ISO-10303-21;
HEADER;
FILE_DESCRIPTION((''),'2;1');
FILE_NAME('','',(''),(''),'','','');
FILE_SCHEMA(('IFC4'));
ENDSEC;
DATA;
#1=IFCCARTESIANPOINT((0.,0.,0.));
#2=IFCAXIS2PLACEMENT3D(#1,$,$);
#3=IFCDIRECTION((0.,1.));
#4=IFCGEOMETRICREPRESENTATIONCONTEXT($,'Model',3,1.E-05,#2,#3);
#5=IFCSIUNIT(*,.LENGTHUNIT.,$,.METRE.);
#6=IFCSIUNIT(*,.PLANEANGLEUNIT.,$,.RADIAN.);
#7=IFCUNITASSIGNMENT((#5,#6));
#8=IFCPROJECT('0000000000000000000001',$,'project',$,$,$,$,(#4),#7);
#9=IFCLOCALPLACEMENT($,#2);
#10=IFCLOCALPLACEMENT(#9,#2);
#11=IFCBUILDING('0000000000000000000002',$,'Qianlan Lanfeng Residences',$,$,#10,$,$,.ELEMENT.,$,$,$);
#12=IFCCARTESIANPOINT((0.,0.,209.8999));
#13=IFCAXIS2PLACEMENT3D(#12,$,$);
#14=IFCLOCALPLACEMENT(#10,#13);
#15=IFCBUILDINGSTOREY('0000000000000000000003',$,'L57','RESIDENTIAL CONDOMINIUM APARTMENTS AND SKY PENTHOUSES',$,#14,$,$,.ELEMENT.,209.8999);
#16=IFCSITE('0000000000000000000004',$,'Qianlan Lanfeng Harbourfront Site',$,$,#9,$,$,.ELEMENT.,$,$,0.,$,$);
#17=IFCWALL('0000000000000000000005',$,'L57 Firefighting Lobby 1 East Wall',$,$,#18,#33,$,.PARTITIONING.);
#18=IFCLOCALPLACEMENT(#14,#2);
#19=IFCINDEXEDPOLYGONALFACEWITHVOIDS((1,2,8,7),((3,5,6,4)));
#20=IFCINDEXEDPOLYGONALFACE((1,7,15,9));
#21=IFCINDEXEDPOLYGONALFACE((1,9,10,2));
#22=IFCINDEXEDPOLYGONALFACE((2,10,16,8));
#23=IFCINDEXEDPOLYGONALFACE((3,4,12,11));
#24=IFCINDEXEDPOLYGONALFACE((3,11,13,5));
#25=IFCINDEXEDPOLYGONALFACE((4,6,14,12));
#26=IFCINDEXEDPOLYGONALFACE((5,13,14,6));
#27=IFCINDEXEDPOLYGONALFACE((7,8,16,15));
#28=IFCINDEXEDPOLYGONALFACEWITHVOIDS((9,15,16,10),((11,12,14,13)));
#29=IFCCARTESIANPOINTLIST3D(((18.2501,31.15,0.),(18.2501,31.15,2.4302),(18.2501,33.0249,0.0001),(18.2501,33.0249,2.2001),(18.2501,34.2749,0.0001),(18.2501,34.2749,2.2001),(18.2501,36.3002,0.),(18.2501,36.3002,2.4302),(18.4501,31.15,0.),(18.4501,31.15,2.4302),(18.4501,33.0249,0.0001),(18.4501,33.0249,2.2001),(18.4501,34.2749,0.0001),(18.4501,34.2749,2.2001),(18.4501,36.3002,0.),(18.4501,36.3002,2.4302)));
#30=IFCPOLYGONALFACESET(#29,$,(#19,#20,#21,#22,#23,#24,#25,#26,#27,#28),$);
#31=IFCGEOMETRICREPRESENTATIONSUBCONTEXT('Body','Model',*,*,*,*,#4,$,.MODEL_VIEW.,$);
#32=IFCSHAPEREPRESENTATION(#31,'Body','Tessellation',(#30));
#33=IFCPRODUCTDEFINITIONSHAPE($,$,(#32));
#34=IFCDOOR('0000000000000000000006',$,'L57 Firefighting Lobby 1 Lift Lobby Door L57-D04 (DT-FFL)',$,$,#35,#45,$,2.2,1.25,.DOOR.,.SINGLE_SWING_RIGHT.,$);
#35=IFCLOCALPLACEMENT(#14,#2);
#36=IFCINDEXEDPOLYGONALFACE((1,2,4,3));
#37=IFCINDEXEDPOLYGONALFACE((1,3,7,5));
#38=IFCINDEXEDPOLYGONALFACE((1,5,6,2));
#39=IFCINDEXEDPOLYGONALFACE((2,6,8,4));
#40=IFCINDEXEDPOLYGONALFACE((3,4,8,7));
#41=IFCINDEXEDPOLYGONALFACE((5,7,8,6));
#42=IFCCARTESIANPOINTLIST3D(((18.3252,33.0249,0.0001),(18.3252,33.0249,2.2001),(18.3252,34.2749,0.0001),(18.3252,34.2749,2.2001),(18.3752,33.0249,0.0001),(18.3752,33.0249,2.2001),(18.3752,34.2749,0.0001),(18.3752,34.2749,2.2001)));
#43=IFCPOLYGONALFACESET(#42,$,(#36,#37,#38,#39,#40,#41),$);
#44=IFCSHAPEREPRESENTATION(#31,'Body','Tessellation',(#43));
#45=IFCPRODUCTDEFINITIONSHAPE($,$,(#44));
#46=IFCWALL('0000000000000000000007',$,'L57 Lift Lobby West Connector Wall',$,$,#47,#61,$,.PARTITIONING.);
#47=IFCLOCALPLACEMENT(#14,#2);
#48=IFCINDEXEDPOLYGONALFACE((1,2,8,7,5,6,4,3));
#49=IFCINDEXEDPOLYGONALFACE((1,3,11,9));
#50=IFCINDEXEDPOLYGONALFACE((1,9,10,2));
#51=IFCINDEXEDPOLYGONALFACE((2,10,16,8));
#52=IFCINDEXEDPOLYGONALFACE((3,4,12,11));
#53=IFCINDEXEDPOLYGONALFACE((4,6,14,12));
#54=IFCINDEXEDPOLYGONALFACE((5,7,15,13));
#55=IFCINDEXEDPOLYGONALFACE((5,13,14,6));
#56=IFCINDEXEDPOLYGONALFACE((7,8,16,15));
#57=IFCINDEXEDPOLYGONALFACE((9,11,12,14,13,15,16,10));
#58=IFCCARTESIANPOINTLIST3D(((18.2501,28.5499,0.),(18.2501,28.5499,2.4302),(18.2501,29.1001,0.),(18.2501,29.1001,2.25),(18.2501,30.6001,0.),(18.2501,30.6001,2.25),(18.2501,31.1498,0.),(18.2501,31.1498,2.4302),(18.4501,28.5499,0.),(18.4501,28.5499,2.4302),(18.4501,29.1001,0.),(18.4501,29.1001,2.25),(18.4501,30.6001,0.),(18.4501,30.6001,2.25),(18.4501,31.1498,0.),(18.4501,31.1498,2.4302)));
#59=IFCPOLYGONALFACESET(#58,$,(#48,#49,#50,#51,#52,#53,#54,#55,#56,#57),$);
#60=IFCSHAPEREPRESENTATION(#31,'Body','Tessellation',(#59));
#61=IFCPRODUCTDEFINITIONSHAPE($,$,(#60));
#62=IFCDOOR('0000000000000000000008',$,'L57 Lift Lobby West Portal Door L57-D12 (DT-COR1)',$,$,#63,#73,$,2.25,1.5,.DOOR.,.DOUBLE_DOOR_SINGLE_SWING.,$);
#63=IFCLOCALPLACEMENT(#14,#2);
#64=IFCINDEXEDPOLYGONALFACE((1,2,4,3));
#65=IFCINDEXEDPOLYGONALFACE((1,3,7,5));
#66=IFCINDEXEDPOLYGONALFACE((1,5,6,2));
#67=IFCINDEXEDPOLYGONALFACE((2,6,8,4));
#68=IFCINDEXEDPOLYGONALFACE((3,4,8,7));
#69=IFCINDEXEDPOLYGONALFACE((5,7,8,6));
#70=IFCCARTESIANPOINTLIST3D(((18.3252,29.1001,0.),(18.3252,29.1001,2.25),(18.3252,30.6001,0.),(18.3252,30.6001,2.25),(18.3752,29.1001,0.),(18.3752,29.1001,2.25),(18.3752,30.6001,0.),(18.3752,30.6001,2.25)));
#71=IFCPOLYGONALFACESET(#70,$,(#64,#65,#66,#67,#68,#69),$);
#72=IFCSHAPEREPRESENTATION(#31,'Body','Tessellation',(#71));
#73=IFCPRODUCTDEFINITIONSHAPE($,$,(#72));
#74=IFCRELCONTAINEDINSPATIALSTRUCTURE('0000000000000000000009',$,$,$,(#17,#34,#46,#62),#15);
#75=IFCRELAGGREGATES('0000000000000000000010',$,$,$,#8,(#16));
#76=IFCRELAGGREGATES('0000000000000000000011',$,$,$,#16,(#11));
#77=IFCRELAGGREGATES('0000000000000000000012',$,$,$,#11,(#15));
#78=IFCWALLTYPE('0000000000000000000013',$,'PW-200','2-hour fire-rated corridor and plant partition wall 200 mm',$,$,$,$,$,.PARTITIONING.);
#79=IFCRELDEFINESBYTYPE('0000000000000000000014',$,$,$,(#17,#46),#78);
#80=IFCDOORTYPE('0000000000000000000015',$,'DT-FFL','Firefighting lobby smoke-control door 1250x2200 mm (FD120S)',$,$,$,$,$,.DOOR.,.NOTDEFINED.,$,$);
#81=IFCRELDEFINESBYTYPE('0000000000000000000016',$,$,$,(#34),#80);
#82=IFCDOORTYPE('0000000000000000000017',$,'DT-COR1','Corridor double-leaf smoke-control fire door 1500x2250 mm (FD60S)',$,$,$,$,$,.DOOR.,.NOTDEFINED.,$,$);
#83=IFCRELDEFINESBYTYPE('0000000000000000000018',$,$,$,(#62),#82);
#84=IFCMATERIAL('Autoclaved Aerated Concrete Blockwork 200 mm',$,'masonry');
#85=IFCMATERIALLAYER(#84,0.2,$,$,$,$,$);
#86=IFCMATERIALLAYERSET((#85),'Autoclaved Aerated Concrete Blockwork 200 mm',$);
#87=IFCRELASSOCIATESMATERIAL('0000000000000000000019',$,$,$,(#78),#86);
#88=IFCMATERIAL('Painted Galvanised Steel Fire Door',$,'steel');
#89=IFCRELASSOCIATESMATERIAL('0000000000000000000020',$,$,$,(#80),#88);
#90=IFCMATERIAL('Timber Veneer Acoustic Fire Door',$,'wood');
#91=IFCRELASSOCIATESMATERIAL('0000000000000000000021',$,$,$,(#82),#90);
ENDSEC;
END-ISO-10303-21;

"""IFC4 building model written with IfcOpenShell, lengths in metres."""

from ifc_helpers import new_model, si_unit, direction, frame, frame_2d, origin, place, context, subcontext, project, spatial, rectangle, extrude, material, layer, layer_set, type_object, element, fill, save


model = new_model("IFC4")

# Units and contexts
model_context = context("Model", 3, precision=1e-05, world=origin(), true_north=direction((0.0, 1.0)))
body_context = subcontext(model_context, "Body", "Model", "MODEL_VIEW")
ifc_project = project(units=[si_unit("LENGTHUNIT", "METRE"), si_unit("PLANEANGLEUNIT", "RADIAN")], contexts=[model_context])

# Site, building, storey
site_placement = place(None, origin())
site = spatial("IfcSite", under=ifc_project, at=site_placement, Name="Qianlan Lanfeng Harbourfront Site", CompositionType="ELEMENT", RefElevation=0.0)
building_placement = place(site_placement, origin())
building = spatial("IfcBuilding", under=site, at=building_placement, Name="Qianlan Lanfeng Residences", CompositionType="ELEMENT")
storey_placement = place(building_placement, frame((0.0, 0.0, 209.8999)))
storey = spatial("IfcBuildingStorey", under=building, at=storey_placement, Name="L57", Description="RESIDENTIAL CONDOMINIUM APARTMENTS AND SKY PENTHOUSES", CompositionType="ELEMENT", Elevation=209.8999)

# Shared definitions
ifc_material_1 = material(Name="Painted Galvanised Steel Fire Door", Category="steel")

# Walls, openings, doors
ifc_material_2 = material(Name="Autoclaved Aerated Concrete Blockwork 200 mm", Category="masonry")
ifc_layer_1 = layer(ifc_material_2, 0.2)
ifc_layer_set_1 = layer_set([ifc_layer_1], Name="Autoclaved Aerated Concrete Blockwork 200 mm")
wall_type_1 = type_object("IfcWallType", Name="PW-200", Description="2-hour fire-rated corridor and plant partition wall 200 mm", PredefinedType="PARTITIONING", material=ifc_layer_set_1)
door_type_1 = type_object("IfcDoorType", Name="DT-FFL", Description="Firefighting lobby smoke-control door 1250x2200 mm (FD120S)", OperationType="NOTDEFINED", PredefinedType="DOOR", material=ifc_material_1)
wall_1_placement = place(storey_placement, frame((18.3501, 31.1499, 0.0), z_axis=(0.0, 0.0, 1.0), x_axis=(0.0, 1.0, 0.0)))
wall_1 = element("IfcWall", 1, at=wall_1_placement, inside=storey, type_object=wall_type_1, Name="L57 Firefighting Lobby 1 East Wall", PredefinedType="PARTITIONING", context=body_context, shape_type="SweptSolid", body=[
    extrude(rectangle(XDim=5.1501, YDim=0.2, at=frame_2d((2.5752, 0.0))), origin(), (0.0, 0.0, 1.0), 2.4302),
])
opening_1_placement = place(wall_1_placement, frame((1.875, 0.0, 0.0)))
opening_1 = element("IfcOpeningElement", 2, at=opening_1_placement, cuts=wall_1, PredefinedType="OPENING", context=body_context, shape_type="SweptSolid", body=[
    extrude(rectangle(XDim=1.25, YDim=2.2, at=frame_2d((0.625, 1.1001))), frame((0.0, 0.1099, 0.0), z_axis=(0.0, -1.0, 0.0), x_axis=(1.0, 0.0, 0.0)), (0.0, 0.0, 1.0), 0.22),
])
door_1_placement = place(opening_1_placement, origin())
door_1 = element("IfcDoor", 3, at=door_1_placement, inside=storey, type_object=door_type_1, Name="L57 Firefighting Lobby 1 Lift Lobby Door L57-D04 (DT-FFL)", OperationType="SINGLE_SWING_RIGHT", OverallHeight=2.2, OverallWidth=1.25, PredefinedType="DOOR", context=body_context, shape_type="SweptSolid", body=[
    extrude(rectangle(XDim=1.25, YDim=2.2, at=frame_2d((0.625, 1.1001))), frame((0.0, 0.0249, 0.0), z_axis=(0.0, -1.0, 0.0), x_axis=(1.0, 0.0, 0.0)), (0.0, 0.0, 1.0), 0.05),
])
fill(opening_1, door_1)
wall_2_placement = place(storey_placement, frame((18.3501, 28.55, 0.0), z_axis=(0.0, 0.0, 1.0), x_axis=(0.0, 1.0, 0.0)))
wall_2 = element("IfcWall", 4, at=wall_2_placement, inside=storey, type_object=wall_type_1, Name="L57 Lift Lobby West Connector Wall", PredefinedType="PARTITIONING", context=body_context, shape_type="SweptSolid", body=[
    extrude(rectangle(XDim=2.5999, YDim=0.2, at=frame_2d((1.2998, 0.0))), origin(), (0.0, 0.0, 1.0), 2.4302),
])
opening_2_placement = place(wall_2_placement, frame((0.55, 0.0, 0.0)))
opening_2 = element("IfcOpeningElement", 5, at=opening_2_placement, cuts=wall_2, PredefinedType="OPENING", context=body_context, shape_type="SweptSolid", body=[
    extrude(rectangle(XDim=1.5, YDim=2.25, at=frame_2d((0.75, 1.125))), frame((0.0, 0.1099, 0.0), z_axis=(0.0, -1.0, 0.0), x_axis=(1.0, 0.0, 0.0)), (0.0, 0.0, 1.0), 0.22),
])
ifc_material_3 = material(Name="Timber Veneer Acoustic Fire Door", Category="wood")
door_type_2 = type_object("IfcDoorType", Name="DT-COR1", Description="Corridor double-leaf smoke-control fire door 1500x2250 mm (FD60S)", OperationType="NOTDEFINED", PredefinedType="DOOR", material=ifc_material_3)
door_2_placement = place(opening_2_placement, origin())
door_2 = element("IfcDoor", 6, at=door_2_placement, inside=storey, type_object=door_type_2, Name="L57 Lift Lobby West Portal Door L57-D12 (DT-COR1)", OperationType="DOUBLE_DOOR_SINGLE_SWING", OverallHeight=2.25, OverallWidth=1.5, PredefinedType="DOOR", context=body_context, shape_type="SweptSolid", body=[
    extrude(rectangle(XDim=1.5, YDim=2.25, at=frame_2d((0.75, 1.125))), frame((0.0, 0.0249, 0.0), z_axis=(0.0, -1.0, 0.0), x_axis=(1.0, 0.0, 0.0)), (0.0, 0.0, 1.0), 0.05),
])
fill(opening_2, door_2)

save(model, "model.ifc")
